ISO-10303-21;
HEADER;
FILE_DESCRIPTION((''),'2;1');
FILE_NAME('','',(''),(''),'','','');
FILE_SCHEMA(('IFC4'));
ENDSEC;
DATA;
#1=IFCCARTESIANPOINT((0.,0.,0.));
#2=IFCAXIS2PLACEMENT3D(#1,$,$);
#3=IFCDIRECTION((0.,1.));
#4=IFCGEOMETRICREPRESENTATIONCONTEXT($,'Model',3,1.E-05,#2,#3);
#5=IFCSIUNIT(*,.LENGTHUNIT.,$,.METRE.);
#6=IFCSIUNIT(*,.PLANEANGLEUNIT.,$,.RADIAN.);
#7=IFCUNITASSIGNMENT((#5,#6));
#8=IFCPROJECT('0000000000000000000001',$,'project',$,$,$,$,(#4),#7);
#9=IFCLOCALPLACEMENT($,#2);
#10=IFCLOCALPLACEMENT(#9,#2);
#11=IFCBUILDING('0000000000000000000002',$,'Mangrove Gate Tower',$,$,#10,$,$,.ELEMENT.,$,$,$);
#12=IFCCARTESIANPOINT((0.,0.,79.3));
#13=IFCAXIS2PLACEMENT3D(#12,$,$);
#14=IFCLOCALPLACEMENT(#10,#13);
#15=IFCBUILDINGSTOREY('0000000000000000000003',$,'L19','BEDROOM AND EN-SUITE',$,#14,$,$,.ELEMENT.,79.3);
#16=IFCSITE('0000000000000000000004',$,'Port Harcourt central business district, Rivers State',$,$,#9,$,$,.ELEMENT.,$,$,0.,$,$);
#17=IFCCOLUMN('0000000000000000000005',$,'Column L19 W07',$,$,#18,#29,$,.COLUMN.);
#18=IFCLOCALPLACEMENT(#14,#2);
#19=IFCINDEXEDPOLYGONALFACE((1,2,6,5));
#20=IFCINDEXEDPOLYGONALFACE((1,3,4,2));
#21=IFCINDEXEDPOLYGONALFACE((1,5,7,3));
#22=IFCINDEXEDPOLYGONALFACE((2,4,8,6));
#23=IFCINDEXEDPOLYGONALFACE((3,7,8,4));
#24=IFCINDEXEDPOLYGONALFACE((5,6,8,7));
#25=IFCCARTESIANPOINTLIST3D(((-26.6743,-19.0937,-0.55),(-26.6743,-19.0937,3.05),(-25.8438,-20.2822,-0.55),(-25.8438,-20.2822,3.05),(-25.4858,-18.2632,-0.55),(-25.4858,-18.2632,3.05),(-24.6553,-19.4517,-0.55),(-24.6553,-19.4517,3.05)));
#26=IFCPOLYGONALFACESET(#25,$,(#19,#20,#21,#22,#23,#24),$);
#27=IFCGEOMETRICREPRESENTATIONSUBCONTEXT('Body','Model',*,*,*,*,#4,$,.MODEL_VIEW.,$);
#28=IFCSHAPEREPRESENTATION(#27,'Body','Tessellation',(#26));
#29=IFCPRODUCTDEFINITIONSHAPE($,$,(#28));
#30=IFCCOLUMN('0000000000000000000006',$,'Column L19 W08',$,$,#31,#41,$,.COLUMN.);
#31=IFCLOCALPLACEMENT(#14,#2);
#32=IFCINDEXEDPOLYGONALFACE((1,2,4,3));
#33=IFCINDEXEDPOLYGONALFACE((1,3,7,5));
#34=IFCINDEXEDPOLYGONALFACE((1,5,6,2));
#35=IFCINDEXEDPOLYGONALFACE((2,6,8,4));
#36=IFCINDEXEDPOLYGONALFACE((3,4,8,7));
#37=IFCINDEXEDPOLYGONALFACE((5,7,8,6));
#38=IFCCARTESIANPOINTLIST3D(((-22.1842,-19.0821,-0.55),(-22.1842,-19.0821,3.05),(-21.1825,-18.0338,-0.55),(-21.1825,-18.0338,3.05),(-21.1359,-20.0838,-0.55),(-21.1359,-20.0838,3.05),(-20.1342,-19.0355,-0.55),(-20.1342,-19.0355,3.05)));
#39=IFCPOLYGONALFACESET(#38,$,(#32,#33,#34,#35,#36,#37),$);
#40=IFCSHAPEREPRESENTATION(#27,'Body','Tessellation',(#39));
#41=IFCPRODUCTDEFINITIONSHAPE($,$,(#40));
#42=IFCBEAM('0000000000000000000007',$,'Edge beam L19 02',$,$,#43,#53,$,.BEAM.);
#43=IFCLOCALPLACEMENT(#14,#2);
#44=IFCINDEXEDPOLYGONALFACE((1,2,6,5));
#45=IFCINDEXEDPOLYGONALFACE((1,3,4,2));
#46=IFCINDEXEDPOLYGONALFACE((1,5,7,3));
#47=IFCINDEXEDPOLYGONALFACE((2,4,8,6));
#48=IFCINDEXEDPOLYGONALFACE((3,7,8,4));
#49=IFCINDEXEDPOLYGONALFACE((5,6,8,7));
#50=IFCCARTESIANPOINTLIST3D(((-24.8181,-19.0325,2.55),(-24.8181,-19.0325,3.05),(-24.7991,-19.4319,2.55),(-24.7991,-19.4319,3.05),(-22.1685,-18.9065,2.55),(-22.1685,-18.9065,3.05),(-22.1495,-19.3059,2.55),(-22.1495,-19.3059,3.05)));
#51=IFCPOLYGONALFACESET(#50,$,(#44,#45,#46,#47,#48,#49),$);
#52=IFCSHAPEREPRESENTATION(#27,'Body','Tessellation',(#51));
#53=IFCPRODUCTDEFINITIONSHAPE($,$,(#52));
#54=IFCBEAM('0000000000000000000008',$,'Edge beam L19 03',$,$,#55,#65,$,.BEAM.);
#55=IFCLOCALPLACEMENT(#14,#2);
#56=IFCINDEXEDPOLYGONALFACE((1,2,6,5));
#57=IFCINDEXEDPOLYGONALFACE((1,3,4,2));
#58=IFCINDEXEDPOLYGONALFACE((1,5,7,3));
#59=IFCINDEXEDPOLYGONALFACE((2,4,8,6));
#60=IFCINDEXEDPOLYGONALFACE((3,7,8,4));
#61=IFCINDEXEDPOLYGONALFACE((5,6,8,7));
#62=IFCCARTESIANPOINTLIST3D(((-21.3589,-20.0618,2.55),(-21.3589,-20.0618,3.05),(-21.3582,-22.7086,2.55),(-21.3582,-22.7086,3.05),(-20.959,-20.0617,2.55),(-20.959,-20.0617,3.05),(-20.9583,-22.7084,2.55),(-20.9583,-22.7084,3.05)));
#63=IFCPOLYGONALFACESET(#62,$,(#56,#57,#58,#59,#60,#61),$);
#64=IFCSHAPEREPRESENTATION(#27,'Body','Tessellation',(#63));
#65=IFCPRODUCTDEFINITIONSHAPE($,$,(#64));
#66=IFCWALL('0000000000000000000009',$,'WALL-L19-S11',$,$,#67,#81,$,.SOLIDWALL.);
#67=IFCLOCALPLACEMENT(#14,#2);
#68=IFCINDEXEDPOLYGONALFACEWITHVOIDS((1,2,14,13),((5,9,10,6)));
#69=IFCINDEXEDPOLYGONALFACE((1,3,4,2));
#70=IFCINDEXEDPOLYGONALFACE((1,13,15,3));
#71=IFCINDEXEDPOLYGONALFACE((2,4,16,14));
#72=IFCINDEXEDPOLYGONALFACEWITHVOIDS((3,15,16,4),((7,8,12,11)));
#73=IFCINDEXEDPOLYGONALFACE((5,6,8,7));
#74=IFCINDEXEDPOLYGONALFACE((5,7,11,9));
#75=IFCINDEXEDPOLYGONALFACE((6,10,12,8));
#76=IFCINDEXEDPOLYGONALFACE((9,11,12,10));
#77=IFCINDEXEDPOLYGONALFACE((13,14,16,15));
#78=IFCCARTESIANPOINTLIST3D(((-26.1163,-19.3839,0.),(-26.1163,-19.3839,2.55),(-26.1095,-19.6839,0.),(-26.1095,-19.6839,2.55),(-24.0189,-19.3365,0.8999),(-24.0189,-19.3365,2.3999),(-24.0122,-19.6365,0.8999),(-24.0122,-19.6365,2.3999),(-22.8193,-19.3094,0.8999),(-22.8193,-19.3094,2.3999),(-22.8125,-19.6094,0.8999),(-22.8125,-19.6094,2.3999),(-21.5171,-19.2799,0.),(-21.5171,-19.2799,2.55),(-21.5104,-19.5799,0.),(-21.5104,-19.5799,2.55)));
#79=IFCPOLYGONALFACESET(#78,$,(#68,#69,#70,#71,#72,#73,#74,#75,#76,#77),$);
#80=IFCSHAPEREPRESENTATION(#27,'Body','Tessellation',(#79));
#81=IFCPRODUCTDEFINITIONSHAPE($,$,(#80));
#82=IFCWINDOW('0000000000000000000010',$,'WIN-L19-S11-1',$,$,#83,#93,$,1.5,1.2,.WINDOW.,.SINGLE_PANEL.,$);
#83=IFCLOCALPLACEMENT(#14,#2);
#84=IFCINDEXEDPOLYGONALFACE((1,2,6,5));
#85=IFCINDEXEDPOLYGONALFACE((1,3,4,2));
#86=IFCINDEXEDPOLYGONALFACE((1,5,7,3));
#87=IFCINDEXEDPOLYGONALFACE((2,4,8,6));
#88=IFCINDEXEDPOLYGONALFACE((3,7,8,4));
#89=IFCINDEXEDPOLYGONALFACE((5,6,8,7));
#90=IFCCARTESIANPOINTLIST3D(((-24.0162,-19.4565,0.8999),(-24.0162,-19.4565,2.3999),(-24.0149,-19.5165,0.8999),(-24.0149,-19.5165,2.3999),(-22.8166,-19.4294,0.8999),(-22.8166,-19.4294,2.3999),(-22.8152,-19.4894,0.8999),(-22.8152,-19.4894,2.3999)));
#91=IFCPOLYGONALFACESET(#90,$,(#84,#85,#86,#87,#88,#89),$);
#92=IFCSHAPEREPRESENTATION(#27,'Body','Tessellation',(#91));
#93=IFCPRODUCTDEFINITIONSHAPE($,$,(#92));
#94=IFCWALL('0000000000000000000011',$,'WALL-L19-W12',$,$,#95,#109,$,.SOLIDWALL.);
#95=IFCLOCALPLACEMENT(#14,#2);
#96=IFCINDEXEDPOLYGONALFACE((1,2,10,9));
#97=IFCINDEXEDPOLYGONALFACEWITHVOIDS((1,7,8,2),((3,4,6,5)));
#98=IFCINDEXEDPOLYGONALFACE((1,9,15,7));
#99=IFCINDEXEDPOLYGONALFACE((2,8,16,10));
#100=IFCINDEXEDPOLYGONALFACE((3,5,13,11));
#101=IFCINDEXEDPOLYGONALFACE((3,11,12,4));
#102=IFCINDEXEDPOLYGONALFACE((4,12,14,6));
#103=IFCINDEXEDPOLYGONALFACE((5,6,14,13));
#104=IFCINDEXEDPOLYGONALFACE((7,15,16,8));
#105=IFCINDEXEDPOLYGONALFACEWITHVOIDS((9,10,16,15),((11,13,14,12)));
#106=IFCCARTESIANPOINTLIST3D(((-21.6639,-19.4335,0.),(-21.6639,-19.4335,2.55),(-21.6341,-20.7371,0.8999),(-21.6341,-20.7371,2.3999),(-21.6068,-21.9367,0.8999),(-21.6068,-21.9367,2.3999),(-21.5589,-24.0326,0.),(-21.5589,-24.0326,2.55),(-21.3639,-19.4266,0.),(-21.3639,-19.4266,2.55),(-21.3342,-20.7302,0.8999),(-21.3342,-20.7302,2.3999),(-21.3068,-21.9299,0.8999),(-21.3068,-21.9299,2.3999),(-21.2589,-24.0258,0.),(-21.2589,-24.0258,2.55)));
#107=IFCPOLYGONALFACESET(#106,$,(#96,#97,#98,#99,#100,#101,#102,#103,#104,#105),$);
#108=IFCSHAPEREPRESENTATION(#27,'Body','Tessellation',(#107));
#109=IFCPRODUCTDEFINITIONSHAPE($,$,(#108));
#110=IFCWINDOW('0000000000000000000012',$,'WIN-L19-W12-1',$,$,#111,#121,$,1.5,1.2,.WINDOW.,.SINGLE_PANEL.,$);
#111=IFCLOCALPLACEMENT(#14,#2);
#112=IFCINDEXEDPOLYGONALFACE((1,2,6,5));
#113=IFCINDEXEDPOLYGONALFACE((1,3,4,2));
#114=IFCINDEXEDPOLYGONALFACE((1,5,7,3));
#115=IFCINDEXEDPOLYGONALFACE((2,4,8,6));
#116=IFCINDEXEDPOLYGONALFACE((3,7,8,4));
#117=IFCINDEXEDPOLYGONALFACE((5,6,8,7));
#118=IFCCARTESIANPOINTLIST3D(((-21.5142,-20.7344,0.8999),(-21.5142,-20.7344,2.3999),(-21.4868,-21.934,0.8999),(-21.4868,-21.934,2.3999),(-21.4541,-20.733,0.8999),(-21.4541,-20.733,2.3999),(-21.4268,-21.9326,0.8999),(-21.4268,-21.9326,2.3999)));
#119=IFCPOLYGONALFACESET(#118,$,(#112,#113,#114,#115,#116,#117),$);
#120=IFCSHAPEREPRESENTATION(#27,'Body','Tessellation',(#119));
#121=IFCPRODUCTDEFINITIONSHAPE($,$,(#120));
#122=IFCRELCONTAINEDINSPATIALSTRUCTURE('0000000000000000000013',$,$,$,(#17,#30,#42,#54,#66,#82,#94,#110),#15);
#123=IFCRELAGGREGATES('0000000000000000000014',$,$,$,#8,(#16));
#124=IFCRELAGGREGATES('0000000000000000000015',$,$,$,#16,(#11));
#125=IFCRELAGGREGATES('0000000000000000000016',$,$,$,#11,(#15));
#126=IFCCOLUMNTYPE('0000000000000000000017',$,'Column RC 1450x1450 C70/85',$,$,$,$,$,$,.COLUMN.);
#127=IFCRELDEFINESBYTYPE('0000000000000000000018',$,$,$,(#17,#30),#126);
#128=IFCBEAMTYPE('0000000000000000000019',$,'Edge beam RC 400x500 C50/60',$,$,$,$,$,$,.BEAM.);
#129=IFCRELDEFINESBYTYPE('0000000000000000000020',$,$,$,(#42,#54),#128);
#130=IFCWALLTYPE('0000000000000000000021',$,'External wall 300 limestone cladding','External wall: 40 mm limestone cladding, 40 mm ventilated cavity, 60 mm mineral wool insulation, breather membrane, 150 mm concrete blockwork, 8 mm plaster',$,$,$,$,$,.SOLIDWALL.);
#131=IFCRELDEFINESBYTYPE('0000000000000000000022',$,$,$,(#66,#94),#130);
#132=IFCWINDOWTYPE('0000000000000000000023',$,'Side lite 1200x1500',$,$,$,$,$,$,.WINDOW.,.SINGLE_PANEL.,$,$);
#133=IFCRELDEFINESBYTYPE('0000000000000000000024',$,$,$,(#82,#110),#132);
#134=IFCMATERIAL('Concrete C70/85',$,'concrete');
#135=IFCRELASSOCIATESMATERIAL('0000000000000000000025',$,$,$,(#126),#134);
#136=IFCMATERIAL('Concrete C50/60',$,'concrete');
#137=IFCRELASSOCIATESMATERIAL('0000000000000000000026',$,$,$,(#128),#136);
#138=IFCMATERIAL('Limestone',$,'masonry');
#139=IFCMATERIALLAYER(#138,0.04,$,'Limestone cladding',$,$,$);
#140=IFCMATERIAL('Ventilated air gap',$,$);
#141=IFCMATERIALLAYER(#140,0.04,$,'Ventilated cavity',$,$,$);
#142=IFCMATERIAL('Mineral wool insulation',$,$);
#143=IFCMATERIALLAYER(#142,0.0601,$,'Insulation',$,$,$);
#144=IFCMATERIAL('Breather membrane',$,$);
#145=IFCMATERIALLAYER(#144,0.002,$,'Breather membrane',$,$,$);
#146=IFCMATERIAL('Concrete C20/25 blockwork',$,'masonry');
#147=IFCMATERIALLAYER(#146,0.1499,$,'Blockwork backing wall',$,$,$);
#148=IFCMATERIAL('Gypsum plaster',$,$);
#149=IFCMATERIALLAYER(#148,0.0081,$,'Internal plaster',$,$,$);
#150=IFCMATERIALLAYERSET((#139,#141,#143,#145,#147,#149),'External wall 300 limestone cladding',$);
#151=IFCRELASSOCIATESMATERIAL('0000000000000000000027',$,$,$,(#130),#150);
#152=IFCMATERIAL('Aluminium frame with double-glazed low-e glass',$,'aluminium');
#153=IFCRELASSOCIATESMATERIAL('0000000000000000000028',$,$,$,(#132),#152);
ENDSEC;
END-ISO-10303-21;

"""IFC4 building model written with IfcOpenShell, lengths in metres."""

from ifc_helpers import new_model, si_unit, direction, frame, frame_2d, origin, origin_2d, place, context, subcontext, project, spatial, rectangle, extrude, material, layer, layer_set, material_profile, profile_set, type_object, element, fill, save


model = new_model("IFC4")

# Units and contexts
model_context = context("Model", 3, precision=1e-05, world=origin(), true_north=direction((0.0, 1.0)))
body_context = subcontext(model_context, "Body", "Model", "MODEL_VIEW")
ifc_project = project(units=[si_unit("LENGTHUNIT", "METRE"), si_unit("PLANEANGLEUNIT", "RADIAN")], contexts=[model_context])

# Site, building, storey
site_placement = place(None, origin())
site = spatial("IfcSite", under=ifc_project, at=site_placement, Name="Port Harcourt central business district, Rivers State", CompositionType="ELEMENT", RefElevation=0.0)
building_placement = place(site_placement, origin())
building = spatial("IfcBuilding", under=site, at=building_placement, Name="Mangrove Gate Tower", CompositionType="ELEMENT")
storey_placement = place(building_placement, frame((0.0, 0.0, 79.3)))
storey = spatial("IfcBuildingStorey", under=building, at=storey_placement, Name="L19", Description="BEDROOM AND EN-SUITE", CompositionType="ELEMENT", Elevation=79.3)

# Columns
ifc_material_1 = material(Name="Concrete C70/85", Category="concrete")
ifc_material_profile_1 = material_profile(ifc_material_1, rectangle(XDim=1.45, YDim=1.45, at=origin_2d()))
ifc_profile_set_1 = profile_set([ifc_material_profile_1], Name="Concrete C70/85")
column_type = type_object("IfcColumnType", Name="Column RC 1450x1450 C70/85", PredefinedType="COLUMN", material=ifc_profile_set_1)
for number, where, z_axis, x_axis, name in (
    (1, (-25.6648, -19.2727, -0.55), (0.0, 0.0, 1.0), (0.572799, -0.819696, 0.0), "Column L19 W07"),
    (2, (-21.1592, -19.0588, -0.55), (0.0, 0.0, 1.0), (0.722989, -0.69086, 0.0), "Column L19 W08"),
):
    element("IfcColumn", number, at=place(storey_placement, frame(where, z_axis=z_axis, x_axis=x_axis)), inside=storey, type_object=column_type, Name=name, PredefinedType="COLUMN", context=body_context, shape_type="SweptSolid", body=[
        extrude(rectangle(XDim=1.45, YDim=1.45, at=origin_2d()), origin(), (0.0, 0.0, 1.0), 3.6001),
    ])

# Beams
ifc_material_2 = material(Name="Concrete C50/60", Category="concrete")
ifc_material_profile_2 = material_profile(ifc_material_2, rectangle(XDim=0.3999, YDim=0.5, at=origin_2d()))
ifc_profile_set_2 = profile_set([ifc_material_profile_2], Name="Concrete C50/60")
beam_type = type_object("IfcBeamType", Name="Edge beam RC 400x500 C50/60", PredefinedType="BEAM", material=ifc_profile_set_2)
beam_1_placement = place(storey_placement, frame((-24.8086, -19.2322, 2.8), z_axis=(0.998872, 0.047491, 0.0), x_axis=(-0.047491, 0.998872, 0.0)))
element("IfcBeam", 3, at=beam_1_placement, inside=storey, type_object=beam_type, Name="Edge beam L19 02", PredefinedType="BEAM", context=body_context, shape_type="SweptSolid", body=[
    extrude(rectangle(XDim=0.3999, YDim=0.5, at=origin_2d()), origin(), (0.0, 0.0, 1.0), 2.6526),
])
beam_2_placement = place(storey_placement, frame((-21.1589, -20.0618, 2.8), z_axis=(0.000277, -1.0, 0.0), x_axis=(1.0, 0.000277, 0.0)))
element("IfcBeam", 4, at=beam_2_placement, inside=storey, type_object=beam_type, Name="Edge beam L19 03", PredefinedType="BEAM", context=body_context, shape_type="SweptSolid", body=[
    extrude(rectangle(XDim=0.3999, YDim=0.5, at=origin_2d()), origin(), (0.0, 0.0, 1.0), 2.6467),
])

# Walls, openings, windows
ifc_material_3 = material(Name="Limestone", Category="masonry")
ifc_layer_1 = layer(ifc_material_3, 0.04, Name="Limestone cladding")
ifc_material_4 = material(Name="Ventilated air gap")
ifc_layer_2 = layer(ifc_material_4, 0.04, Name="Ventilated cavity")
ifc_material_5 = material(Name="Mineral wool insulation")
ifc_layer_3 = layer(ifc_material_5, 0.0601, Name="Insulation")
ifc_material_6 = material(Name="Breather membrane")
ifc_layer_4 = layer(ifc_material_6, 0.002, Name="Breather membrane")
ifc_material_7 = material(Name="Concrete C20/25 blockwork", Category="masonry")
ifc_layer_5 = layer(ifc_material_7, 0.1499, Name="Blockwork backing wall")
ifc_material_8 = material(Name="Gypsum plaster")
ifc_layer_6 = layer(ifc_material_8, 0.0081, Name="Internal plaster")
ifc_layer_set = layer_set([ifc_layer_1, ifc_layer_2, ifc_layer_3, ifc_layer_4, ifc_layer_5, ifc_layer_6], Name="External wall 300 limestone cladding")
wall_type = type_object("IfcWallType", Name="External wall 300 limestone cladding", Description="External wall: 40 mm limestone cladding, 40 mm ventilated cavity, 60 mm mineral wool insulation, breather membrane, 150 mm concrete blockwork, 8 mm plaster", PredefinedType="SOLIDWALL", material=ifc_layer_set)
wall_1_placement = place(storey_placement, frame((-26.113, -19.5339, 0.0), z_axis=(0.0, 0.0, 1.0), x_axis=(0.999744, 0.022608, 0.0)))
wall_1 = element("IfcWall", 5, at=wall_1_placement, inside=storey, type_object=wall_type, Name="WALL-L19-S11", PredefinedType="SOLIDWALL", context=body_context, shape_type="SweptSolid", body=[
    extrude(rectangle(XDim=4.6003, YDim=0.3, at=frame_2d((2.3003, 0.0))), origin(), (0.0, 0.0, 1.0), 2.55),
])
opening_1_placement = place(wall_1_placement, frame((2.0979, 0.0, 0.8999)))
opening_1 = element("IfcOpeningElement", 6, at=opening_1_placement, cuts=wall_1, PredefinedType="OPENING", context=body_context, shape_type="SweptSolid", body=[
    extrude(rectangle(XDim=1.2, YDim=1.5, at=frame_2d((0.6001, 0.75))), frame((0.0, 0.1599, 0.0), z_axis=(0.0, -1.0, 0.0), x_axis=(1.0, 0.0, 0.0)), (0.0, 0.0, 1.0), 0.3201),
])
ifc_material_9 = material(Name="Aluminium frame with double-glazed low-e glass", Category="aluminium")
window_type_1 = type_object("IfcWindowType", Name="Side lite 1200x1500", PartitioningType="SINGLE_PANEL", PredefinedType="WINDOW", material=ifc_material_9)
window_1_placement = place(opening_1_placement, origin())
window_1 = element("IfcWindow", 7, at=window_1_placement, inside=storey, type_object=window_type_1, Name="WIN-L19-S11-1", OverallHeight=1.5, OverallWidth=1.2, PartitioningType="SINGLE_PANEL", PredefinedType="WINDOW", context=body_context, shape_type="SweptSolid", body=[
    extrude(rectangle(XDim=1.2, YDim=1.5, at=frame_2d((0.6001, 0.75))), frame((0.0, 0.03, 0.0), z_axis=(0.0, -1.0, 0.0), x_axis=(1.0, 0.0, 0.0)), (0.0, 0.0, 1.0), 0.0601),
])
fill(opening_1, window_1)
wall_2_placement = place(storey_placement, frame((-21.5139, -19.4299, 0.0), z_axis=(0.0, 0.0, 1.0), x_axis=(0.02282, -0.99974, 0.0)))
wall_2 = element("IfcWall", 8, at=wall_2_placement, inside=storey, type_object=wall_type, Name="WALL-L19-W12", PredefinedType="SOLIDWALL", context=body_context, shape_type="SweptSolid", body=[
    extrude(rectangle(XDim=4.6003, YDim=0.3, at=frame_2d((2.3003, 0.0))), origin(), (0.0, 0.0, 1.0), 2.55),
])
opening_2_placement = place(wall_2_placement, frame((1.304, 0.0, 0.8999)))
opening_2 = element("IfcOpeningElement", 9, at=opening_2_placement, cuts=wall_2, PredefinedType="OPENING", context=body_context, shape_type="SweptSolid", body=[
    extrude(rectangle(XDim=1.2, YDim=1.5, at=frame_2d((0.6001, 0.75))), frame((0.0, 0.1599, 0.0), z_axis=(0.0, -1.0, 0.0), x_axis=(1.0, 0.0, 0.0)), (0.0, 0.0, 1.0), 0.3201),
])
window_2_placement = place(opening_2_placement, origin())
window_2 = element("IfcWindow", 10, at=window_2_placement, inside=storey, type_object=window_type_1, Name="WIN-L19-W12-1", OverallHeight=1.5, OverallWidth=1.2, PartitioningType="SINGLE_PANEL", PredefinedType="WINDOW", context=body_context, shape_type="SweptSolid", body=[
    extrude(rectangle(XDim=1.2, YDim=1.5, at=frame_2d((0.6001, 0.75))), frame((0.0, 0.03, 0.0), z_axis=(0.0, -1.0, 0.0), x_axis=(1.0, 0.0, 0.0)), (0.0, 0.0, 1.0), 0.0601),
])
fill(opening_2, window_2)

save(model, "model.ifc")
